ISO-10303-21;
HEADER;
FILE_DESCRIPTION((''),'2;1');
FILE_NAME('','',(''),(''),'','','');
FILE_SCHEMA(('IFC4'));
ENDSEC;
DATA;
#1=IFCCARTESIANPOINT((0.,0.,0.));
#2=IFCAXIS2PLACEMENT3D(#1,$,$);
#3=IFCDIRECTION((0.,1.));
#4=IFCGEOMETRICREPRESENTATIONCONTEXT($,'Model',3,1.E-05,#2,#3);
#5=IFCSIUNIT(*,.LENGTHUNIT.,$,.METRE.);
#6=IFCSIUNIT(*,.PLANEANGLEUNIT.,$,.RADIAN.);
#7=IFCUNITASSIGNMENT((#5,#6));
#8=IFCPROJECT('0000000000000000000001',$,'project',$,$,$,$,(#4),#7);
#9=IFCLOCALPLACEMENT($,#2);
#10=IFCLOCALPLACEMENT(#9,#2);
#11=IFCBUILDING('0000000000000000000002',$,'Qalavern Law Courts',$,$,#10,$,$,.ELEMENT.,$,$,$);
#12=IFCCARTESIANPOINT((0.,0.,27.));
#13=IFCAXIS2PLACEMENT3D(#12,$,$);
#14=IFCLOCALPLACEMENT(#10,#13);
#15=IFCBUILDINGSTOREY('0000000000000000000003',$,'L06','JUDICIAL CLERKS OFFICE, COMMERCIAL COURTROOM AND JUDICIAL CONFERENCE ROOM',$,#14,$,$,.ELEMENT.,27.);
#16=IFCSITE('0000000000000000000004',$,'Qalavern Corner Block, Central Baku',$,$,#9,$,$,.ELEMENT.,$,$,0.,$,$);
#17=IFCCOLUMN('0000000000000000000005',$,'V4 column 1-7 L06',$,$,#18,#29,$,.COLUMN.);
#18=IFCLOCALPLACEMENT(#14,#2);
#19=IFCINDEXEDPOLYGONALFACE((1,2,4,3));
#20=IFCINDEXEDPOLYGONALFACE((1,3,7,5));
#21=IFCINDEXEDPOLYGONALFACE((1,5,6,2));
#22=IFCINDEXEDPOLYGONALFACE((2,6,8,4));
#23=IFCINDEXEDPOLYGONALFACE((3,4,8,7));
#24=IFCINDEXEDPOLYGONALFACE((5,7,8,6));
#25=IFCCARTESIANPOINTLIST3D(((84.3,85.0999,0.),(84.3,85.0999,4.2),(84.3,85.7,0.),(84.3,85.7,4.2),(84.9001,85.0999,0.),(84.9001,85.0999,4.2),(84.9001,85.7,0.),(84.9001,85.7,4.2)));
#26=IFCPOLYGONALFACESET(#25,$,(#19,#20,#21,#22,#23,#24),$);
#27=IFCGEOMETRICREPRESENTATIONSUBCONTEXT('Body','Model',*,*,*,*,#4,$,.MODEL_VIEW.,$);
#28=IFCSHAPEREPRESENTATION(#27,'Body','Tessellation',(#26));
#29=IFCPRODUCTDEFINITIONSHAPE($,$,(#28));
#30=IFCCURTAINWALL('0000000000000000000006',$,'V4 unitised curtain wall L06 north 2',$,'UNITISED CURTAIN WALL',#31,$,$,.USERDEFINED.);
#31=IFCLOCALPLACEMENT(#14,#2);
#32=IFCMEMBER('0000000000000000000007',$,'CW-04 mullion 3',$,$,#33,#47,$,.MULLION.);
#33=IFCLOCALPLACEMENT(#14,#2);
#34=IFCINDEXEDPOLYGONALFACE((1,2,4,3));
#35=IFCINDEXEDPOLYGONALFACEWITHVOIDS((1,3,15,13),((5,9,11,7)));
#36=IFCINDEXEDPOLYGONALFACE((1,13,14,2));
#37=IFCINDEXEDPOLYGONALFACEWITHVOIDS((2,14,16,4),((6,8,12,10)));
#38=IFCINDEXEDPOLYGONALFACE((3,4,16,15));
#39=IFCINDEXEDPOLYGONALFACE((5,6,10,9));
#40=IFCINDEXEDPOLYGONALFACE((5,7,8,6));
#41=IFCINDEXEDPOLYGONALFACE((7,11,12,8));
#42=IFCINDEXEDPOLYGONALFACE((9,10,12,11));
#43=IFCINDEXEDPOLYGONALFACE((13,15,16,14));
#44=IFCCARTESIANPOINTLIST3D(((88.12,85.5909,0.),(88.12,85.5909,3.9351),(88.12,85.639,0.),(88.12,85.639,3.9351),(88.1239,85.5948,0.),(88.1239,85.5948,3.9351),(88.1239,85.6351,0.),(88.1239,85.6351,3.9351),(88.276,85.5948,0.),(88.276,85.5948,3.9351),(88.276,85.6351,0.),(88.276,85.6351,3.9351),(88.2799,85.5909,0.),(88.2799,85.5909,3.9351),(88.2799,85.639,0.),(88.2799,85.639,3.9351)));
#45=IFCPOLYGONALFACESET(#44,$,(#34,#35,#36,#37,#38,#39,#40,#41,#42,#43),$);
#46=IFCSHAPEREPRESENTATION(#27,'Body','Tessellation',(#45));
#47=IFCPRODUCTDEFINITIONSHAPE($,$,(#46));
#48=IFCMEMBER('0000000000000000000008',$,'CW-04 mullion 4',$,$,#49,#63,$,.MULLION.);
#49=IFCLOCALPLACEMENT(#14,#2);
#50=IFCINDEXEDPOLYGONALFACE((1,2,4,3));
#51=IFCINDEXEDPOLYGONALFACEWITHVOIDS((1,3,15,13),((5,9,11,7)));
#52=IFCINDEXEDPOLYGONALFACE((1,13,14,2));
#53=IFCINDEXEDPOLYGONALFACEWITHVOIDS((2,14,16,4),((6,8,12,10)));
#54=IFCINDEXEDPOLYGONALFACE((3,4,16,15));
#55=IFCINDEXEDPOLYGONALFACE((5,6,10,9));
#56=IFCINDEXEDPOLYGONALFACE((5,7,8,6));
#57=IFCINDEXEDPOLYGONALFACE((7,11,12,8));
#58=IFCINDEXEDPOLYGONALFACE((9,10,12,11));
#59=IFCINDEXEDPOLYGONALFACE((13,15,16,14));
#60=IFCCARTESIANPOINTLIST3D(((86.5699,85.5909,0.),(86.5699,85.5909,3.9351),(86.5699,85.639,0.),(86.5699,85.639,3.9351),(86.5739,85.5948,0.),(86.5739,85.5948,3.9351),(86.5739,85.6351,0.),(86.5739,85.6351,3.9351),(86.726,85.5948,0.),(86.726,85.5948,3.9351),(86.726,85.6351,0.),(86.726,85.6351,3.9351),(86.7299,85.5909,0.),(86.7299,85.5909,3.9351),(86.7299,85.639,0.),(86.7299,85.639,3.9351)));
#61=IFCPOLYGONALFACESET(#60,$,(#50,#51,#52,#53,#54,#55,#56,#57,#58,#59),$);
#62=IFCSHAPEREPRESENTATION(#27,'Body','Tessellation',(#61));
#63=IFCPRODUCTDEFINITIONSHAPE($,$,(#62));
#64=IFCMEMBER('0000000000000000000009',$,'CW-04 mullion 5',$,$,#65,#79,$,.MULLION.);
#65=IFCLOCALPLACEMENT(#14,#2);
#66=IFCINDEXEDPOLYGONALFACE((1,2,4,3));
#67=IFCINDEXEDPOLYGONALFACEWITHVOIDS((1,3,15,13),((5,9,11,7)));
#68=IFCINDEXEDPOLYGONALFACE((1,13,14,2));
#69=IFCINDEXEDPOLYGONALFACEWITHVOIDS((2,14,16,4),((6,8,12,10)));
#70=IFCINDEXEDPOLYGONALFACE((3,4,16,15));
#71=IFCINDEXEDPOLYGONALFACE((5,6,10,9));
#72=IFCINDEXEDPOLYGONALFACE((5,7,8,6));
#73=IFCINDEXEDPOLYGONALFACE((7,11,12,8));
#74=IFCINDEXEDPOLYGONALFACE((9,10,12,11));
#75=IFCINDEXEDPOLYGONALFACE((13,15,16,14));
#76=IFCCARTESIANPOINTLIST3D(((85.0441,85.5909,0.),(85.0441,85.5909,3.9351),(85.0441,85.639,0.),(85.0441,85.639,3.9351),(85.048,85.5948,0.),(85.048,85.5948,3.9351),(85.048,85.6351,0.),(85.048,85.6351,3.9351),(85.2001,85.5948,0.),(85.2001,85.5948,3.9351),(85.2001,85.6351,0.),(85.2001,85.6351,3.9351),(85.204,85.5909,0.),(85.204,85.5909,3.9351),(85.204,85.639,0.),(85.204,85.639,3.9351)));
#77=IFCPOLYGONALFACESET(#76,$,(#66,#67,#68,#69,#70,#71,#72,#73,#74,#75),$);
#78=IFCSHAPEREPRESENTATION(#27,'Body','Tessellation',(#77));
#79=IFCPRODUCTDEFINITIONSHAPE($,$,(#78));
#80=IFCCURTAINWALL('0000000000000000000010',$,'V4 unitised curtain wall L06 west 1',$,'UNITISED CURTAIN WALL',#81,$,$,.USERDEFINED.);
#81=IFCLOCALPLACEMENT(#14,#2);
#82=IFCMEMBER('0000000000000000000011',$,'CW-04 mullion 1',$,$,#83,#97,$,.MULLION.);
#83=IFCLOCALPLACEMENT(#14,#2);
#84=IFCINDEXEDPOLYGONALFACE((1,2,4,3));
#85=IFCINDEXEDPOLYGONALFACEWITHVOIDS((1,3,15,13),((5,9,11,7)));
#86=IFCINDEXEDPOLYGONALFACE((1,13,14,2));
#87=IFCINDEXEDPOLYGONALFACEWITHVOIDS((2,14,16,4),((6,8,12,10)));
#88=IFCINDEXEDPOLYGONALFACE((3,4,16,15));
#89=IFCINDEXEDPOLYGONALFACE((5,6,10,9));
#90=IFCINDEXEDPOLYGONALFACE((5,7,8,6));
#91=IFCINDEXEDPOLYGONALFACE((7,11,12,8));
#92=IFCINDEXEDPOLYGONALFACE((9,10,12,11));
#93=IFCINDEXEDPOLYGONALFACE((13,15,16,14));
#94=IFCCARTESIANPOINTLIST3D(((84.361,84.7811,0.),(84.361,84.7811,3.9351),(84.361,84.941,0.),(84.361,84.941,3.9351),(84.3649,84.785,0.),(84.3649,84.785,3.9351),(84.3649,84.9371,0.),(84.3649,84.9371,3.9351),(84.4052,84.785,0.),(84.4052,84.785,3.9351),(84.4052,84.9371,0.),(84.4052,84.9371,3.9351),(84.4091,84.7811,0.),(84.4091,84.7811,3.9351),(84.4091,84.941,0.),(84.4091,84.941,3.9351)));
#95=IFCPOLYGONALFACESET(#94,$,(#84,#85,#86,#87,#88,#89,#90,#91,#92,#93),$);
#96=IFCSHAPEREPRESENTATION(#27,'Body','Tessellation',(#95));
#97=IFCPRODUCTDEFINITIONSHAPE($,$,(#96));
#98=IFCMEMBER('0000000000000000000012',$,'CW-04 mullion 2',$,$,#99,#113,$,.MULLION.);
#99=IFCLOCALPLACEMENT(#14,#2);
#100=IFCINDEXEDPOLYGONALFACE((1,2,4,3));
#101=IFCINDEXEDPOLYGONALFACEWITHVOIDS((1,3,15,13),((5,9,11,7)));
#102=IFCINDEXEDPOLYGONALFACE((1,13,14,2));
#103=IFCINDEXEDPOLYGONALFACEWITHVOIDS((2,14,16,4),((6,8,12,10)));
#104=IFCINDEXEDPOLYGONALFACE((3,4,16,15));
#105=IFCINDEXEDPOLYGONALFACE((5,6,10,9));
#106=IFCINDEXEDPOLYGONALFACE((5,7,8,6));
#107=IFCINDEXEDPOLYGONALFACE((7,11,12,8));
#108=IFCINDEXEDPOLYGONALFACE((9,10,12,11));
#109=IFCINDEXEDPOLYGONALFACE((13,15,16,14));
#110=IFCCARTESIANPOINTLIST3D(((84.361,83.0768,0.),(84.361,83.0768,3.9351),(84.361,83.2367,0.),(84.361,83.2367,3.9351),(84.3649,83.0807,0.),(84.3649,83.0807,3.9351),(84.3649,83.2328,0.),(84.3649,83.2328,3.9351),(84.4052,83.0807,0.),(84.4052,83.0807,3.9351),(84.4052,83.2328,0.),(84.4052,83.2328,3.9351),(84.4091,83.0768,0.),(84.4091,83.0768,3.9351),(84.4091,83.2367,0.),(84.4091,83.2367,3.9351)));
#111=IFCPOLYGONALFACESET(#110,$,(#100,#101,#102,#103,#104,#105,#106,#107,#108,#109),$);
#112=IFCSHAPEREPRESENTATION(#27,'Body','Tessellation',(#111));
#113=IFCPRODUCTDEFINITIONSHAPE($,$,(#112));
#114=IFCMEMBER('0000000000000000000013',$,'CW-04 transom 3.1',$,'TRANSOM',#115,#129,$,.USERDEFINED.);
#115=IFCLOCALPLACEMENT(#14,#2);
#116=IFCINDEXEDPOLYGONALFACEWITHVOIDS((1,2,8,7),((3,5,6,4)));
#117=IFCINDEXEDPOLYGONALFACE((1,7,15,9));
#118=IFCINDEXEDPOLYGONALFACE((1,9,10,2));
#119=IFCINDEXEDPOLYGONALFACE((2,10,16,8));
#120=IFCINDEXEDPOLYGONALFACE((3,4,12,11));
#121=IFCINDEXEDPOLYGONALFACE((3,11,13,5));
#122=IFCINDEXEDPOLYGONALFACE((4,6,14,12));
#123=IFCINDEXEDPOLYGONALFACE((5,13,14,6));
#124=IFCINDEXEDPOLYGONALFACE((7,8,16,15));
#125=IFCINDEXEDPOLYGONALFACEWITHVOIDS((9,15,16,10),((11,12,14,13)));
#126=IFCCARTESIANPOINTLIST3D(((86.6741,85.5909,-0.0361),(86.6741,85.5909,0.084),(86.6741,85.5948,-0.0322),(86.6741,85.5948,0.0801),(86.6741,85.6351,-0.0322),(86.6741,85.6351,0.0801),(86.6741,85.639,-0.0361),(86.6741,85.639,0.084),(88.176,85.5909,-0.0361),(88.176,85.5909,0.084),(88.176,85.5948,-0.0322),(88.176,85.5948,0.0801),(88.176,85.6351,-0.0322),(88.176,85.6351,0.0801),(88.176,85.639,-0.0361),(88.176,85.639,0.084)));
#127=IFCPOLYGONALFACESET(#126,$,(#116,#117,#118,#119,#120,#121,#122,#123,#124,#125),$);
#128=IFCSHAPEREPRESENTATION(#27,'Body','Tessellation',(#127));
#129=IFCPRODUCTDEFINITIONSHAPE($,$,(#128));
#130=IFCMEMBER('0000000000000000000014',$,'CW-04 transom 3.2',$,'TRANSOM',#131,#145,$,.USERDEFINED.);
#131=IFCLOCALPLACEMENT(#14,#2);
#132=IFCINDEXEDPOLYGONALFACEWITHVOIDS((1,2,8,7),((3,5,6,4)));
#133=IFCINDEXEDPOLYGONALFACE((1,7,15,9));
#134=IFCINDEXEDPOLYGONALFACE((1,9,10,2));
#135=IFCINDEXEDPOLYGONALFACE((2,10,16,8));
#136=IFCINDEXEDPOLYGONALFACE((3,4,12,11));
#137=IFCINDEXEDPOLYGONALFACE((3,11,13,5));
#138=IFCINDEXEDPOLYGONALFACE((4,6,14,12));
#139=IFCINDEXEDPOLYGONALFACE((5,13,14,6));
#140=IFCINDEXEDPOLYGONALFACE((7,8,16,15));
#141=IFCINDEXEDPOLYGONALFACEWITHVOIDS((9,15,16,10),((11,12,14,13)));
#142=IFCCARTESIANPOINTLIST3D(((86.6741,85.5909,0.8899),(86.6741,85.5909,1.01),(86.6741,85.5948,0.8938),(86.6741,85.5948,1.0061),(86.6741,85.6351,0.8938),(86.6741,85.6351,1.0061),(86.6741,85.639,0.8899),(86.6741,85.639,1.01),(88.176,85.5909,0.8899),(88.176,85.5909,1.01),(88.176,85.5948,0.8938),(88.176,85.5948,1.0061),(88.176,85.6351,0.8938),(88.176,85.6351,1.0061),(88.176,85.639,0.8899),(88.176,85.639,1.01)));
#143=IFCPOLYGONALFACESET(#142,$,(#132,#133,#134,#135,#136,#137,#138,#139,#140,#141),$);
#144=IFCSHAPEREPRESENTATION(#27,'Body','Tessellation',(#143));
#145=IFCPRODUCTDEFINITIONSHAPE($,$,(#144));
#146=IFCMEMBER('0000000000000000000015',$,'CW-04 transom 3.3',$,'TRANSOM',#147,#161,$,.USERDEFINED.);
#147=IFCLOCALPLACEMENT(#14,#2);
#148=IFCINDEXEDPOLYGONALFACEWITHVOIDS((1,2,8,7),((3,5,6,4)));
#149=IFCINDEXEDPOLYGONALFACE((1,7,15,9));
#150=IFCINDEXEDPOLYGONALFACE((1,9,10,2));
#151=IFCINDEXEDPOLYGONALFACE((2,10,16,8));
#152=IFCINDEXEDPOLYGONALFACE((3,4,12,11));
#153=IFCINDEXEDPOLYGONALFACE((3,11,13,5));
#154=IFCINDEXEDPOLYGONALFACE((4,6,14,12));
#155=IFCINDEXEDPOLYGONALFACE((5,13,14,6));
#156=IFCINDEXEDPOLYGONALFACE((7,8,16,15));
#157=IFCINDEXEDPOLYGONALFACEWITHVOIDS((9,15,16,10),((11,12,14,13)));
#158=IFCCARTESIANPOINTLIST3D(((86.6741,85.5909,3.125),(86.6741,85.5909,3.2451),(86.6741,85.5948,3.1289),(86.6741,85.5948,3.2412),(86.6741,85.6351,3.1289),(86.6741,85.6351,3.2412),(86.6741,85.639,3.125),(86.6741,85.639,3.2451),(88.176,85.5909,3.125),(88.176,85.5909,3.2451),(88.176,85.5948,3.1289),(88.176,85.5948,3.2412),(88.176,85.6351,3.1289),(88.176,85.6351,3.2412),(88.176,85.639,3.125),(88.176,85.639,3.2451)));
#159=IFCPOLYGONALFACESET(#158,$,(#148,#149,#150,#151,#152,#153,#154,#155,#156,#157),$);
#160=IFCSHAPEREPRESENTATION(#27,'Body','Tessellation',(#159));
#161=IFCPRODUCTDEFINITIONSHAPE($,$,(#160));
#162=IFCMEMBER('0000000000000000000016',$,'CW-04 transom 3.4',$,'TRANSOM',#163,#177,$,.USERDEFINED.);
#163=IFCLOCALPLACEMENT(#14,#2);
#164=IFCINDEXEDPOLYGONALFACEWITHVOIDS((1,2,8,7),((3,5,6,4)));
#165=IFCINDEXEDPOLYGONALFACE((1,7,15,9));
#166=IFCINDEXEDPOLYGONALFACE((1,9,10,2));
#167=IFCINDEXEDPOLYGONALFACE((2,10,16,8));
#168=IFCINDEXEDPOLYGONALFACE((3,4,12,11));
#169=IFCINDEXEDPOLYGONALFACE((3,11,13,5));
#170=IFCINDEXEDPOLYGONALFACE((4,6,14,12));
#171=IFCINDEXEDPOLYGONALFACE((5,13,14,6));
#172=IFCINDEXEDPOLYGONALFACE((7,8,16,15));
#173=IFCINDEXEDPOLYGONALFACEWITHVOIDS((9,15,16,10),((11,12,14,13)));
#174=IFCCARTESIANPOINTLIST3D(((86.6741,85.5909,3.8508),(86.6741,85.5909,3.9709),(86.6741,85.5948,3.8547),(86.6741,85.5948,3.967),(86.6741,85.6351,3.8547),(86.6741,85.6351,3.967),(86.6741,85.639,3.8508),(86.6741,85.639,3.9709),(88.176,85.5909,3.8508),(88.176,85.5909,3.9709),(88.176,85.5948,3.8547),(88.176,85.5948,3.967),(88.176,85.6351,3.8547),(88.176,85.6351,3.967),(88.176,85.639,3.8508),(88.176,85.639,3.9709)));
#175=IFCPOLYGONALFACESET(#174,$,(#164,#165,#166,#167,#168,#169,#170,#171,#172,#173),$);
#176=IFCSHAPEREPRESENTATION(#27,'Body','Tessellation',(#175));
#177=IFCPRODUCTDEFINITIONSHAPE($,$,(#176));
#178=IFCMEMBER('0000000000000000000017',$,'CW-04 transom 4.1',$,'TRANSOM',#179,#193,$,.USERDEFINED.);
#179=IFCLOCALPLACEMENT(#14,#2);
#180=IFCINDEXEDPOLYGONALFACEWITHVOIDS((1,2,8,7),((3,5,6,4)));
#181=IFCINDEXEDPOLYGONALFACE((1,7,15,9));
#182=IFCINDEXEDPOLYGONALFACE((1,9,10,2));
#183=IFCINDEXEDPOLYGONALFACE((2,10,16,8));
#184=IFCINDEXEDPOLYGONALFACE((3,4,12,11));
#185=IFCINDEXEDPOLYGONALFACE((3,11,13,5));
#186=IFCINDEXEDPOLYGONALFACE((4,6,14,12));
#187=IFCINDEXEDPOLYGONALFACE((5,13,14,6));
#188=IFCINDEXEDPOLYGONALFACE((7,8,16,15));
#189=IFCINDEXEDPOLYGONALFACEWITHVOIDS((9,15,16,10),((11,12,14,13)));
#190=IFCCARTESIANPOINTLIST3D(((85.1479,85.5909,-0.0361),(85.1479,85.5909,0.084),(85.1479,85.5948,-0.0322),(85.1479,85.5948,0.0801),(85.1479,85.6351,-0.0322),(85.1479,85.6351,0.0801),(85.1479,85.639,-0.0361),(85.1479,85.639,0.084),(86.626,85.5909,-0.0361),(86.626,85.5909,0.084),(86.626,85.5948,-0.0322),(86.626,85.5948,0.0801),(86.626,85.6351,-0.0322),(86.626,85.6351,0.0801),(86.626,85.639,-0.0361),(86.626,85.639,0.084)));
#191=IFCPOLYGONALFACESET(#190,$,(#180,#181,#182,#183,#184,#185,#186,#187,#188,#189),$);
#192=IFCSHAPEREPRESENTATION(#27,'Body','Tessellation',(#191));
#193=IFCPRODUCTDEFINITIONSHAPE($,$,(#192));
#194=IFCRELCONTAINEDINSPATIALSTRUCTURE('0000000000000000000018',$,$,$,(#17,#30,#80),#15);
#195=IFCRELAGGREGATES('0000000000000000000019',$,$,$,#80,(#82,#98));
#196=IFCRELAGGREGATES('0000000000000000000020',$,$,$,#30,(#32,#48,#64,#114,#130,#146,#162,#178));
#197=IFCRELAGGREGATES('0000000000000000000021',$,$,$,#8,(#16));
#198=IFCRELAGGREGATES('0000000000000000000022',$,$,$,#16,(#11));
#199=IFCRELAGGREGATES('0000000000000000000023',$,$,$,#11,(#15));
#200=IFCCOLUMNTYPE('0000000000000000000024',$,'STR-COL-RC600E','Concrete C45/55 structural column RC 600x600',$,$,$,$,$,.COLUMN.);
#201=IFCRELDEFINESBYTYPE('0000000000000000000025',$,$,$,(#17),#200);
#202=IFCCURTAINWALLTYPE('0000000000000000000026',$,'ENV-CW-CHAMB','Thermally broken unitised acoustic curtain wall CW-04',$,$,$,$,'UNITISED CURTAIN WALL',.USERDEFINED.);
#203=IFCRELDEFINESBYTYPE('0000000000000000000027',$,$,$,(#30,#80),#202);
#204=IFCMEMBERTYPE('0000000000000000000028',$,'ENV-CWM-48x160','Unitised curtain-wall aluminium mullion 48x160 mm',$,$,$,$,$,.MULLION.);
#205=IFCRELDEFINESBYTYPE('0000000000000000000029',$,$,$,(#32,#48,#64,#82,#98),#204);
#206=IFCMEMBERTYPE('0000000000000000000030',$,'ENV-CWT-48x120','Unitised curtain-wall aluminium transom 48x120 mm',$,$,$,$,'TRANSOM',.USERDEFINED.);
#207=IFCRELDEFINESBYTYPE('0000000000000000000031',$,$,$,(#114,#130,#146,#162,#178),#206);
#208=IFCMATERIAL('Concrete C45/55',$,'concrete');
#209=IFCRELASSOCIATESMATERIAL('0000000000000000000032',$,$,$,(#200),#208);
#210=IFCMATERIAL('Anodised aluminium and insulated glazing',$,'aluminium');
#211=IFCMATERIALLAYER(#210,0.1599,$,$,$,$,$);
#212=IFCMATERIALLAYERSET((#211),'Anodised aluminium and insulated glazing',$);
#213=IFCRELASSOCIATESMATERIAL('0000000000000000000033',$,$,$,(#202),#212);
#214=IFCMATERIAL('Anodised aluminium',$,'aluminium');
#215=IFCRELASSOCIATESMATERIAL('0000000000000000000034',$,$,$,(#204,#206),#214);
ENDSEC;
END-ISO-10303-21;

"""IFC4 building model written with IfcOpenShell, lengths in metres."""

from ifc_helpers import new_model, si_unit, direction, frame, origin, origin_2d, place, context, subcontext, project, spatial, rectangle, hollow_rectangle, extrude, material, layer, layer_set, material_profile, profile_set, type_object, element, aggregate, save


model = new_model("IFC4")

# Units and contexts
model_context = context("Model", 3, precision=1e-05, world=origin(), true_north=direction((0.0, 1.0)))
body_context = subcontext(model_context, "Body", "Model", "MODEL_VIEW")
ifc_project = project(units=[si_unit("LENGTHUNIT", "METRE"), si_unit("PLANEANGLEUNIT", "RADIAN")], contexts=[model_context])

# Site, building, storey
site_placement = place(None, origin())
site = spatial("IfcSite", under=ifc_project, at=site_placement, Name="Qalavern Corner Block, Central Baku", CompositionType="ELEMENT", RefElevation=0.0)
building_placement = place(site_placement, origin())
building = spatial("IfcBuilding", under=site, at=building_placement, Name="Qalavern Law Courts", CompositionType="ELEMENT")
storey_placement = place(building_placement, frame((0.0, 0.0, 27.0)))
storey = spatial("IfcBuildingStorey", under=building, at=storey_placement, Name="L06", Description="JUDICIAL CLERKS OFFICE, COMMERCIAL COURTROOM AND JUDICIAL CONFERENCE ROOM", CompositionType="ELEMENT", Elevation=27.0)

# Column
ifc_material_1 = material(Name="Concrete C45/55", Category="concrete")
ifc_material_profile_1 = material_profile(ifc_material_1, rectangle(XDim=0.6001, YDim=0.6001, at=origin_2d()), Name="RC 600x600")
ifc_profile_set_1 = profile_set([ifc_material_profile_1], Name="Concrete C45/55")
column_type = type_object("IfcColumnType", Name="STR-COL-RC600E", Description="Concrete C45/55 structural column RC 600x600", PredefinedType="COLUMN", material=ifc_profile_set_1)
column_placement = place(storey_placement, frame((84.6001, 85.3999, 0.0), z_axis=(0.0, 0.0, 1.0), x_axis=(1.0, 0.0, 0.0)))
element("IfcColumn", 1, at=column_placement, inside=storey, type_object=column_type, Name="V4 column 1-7 L06", PredefinedType="COLUMN", context=body_context, shape_type="SweptSolid", body=[
    extrude(rectangle(XDim=0.6001, YDim=0.6001, at=origin_2d()), origin(), (0.0, 0.0, 1.0), 4.2),
])

# Curtain walls, members
ifc_material_2 = material(Name="Anodised aluminium and insulated glazing", Category="aluminium")
ifc_layer_1 = layer(ifc_material_2, 0.1599)
ifc_layer_set_1 = layer_set([ifc_layer_1], Name="Anodised aluminium and insulated glazing")
curtain_wall_type = type_object("IfcCurtainWallType", Name="ENV-CW-CHAMB", Description="Thermally broken unitised acoustic curtain wall CW-04", ElementType="UNITISED CURTAIN WALL", PredefinedType="USERDEFINED", material=ifc_layer_set_1)
curtain_wall_1_placement = place(storey_placement, origin())
curtain_wall_1 = element("IfcCurtainWall", 2, at=curtain_wall_1_placement, inside=storey, type_object=curtain_wall_type, Name="V4 unitised curtain wall L06 north 2", ObjectType="UNITISED CURTAIN WALL", PredefinedType="USERDEFINED")
ifc_material_3 = material(Name="Anodised aluminium", Category="aluminium")
ifc_material_profile_2 = material_profile(ifc_material_3, hollow_rectangle(XDim=0.0481, YDim=0.1599, WallThickness=0.0039, at=origin_2d()), Name="ALU MULLION 48x160")
ifc_profile_set_2 = profile_set([ifc_material_profile_2], Name="Anodised aluminium")
member_type_1 = type_object("IfcMemberType", Name="ENV-CWM-48x160", Description="Unitised curtain-wall aluminium mullion 48x160 mm", PredefinedType="MULLION", material=ifc_profile_set_2)
member_1_placement = place(storey_placement, frame((88.2, 85.615, 0.0), z_axis=(0.0, 0.0, 1.0), x_axis=(0.0, -1.0, 0.0)))
member_1 = element("IfcMember", 3, at=member_1_placement, type_object=member_type_1, Name="CW-04 mullion 3", PredefinedType="MULLION", context=body_context, shape_type="SweptSolid", body=[
    extrude(hollow_rectangle(XDim=0.0481, YDim=0.1599, WallThickness=0.0039, at=origin_2d()), origin(), (0.0, 0.0, 1.0), 3.9351),
])
member_2_placement = place(storey_placement, frame((86.6499, 85.615, 0.0), z_axis=(0.0, 0.0, 1.0), x_axis=(0.0, -1.0, 0.0)))
member_2 = element("IfcMember", 4, at=member_2_placement, type_object=member_type_1, Name="CW-04 mullion 4", PredefinedType="MULLION", context=body_context, shape_type="SweptSolid", body=[
    extrude(hollow_rectangle(XDim=0.0481, YDim=0.1599, WallThickness=0.0039, at=origin_2d()), origin(), (0.0, 0.0, 1.0), 3.9351),
])
member_3_placement = place(storey_placement, frame((85.124, 85.615, 0.0), z_axis=(0.0, 0.0, 1.0), x_axis=(0.0, -1.0, 0.0)))
member_3 = element("IfcMember", 5, at=member_3_placement, type_object=member_type_1, Name="CW-04 mullion 5", PredefinedType="MULLION", context=body_context, shape_type="SweptSolid", body=[
    extrude(hollow_rectangle(XDim=0.0481, YDim=0.1599, WallThickness=0.0039, at=origin_2d()), origin(), (0.0, 0.0, 1.0), 3.9351),
])
curtain_wall_2_placement = place(storey_placement, origin())
curtain_wall_2 = element("IfcCurtainWall", 6, at=curtain_wall_2_placement, inside=storey, type_object=curtain_wall_type, Name="V4 unitised curtain wall L06 west 1", ObjectType="UNITISED CURTAIN WALL", PredefinedType="USERDEFINED")
member_4_placement = place(storey_placement, frame((84.385, 84.8611, 0.0), z_axis=(0.0, 0.0, 1.0), x_axis=(1.0, 0.0, 0.0)))
member_4 = element("IfcMember", 7, at=member_4_placement, type_object=member_type_1, Name="CW-04 mullion 1", PredefinedType="MULLION", context=body_context, shape_type="SweptSolid", body=[
    extrude(hollow_rectangle(XDim=0.0481, YDim=0.1599, WallThickness=0.0039, at=origin_2d()), origin(), (0.0, 0.0, 1.0), 3.9351),
])
member_5_placement = place(storey_placement, frame((84.385, 83.1567, 0.0), z_axis=(0.0, 0.0, 1.0), x_axis=(1.0, 0.0, 0.0)))
member_5 = element("IfcMember", 8, at=member_5_placement, type_object=member_type_1, Name="CW-04 mullion 2", PredefinedType="MULLION", context=body_context, shape_type="SweptSolid", body=[
    extrude(hollow_rectangle(XDim=0.0481, YDim=0.1599, WallThickness=0.0039, at=origin_2d()), origin(), (0.0, 0.0, 1.0), 3.9351),
])

# Members
ifc_material_profile_3 = material_profile(ifc_material_3, hollow_rectangle(XDim=0.0481, YDim=0.1201, WallThickness=0.0039, at=origin_2d()), Name="ALU TRANSOM 48x120")
ifc_profile_set_3 = profile_set([ifc_material_profile_3], Name="Anodised aluminium")
member_type_2 = type_object("IfcMemberType", Name="ENV-CWT-48x120", Description="Unitised curtain-wall aluminium transom 48x120 mm", ElementType="TRANSOM", PredefinedType="USERDEFINED", material=ifc_profile_set_3)
member_6_placement = place(storey_placement, frame((88.176, 85.615, 0.0239), z_axis=(-1.0, 0.0, 0.0), x_axis=(0.0, -1.0, 0.0)))
member_6 = element("IfcMember", 9, at=member_6_placement, type_object=member_type_2, Name="CW-04 transom 3.1", ObjectType="TRANSOM", PredefinedType="USERDEFINED", context=body_context, shape_type="SweptSolid", body=[
    extrude(hollow_rectangle(XDim=0.0481, YDim=0.1201, WallThickness=0.0039, at=origin_2d()), origin(), (0.0, 0.0, 1.0), 1.502),
])
member_7_placement = place(storey_placement, frame((88.176, 85.615, 0.95), z_axis=(-1.0, 0.0, 0.0), x_axis=(0.0, -1.0, 0.0)))
member_7 = element("IfcMember", 10, at=member_7_placement, type_object=member_type_2, Name="CW-04 transom 3.2", ObjectType="TRANSOM", PredefinedType="USERDEFINED", context=body_context, shape_type="SweptSolid", body=[
    extrude(hollow_rectangle(XDim=0.0481, YDim=0.1201, WallThickness=0.0039, at=origin_2d()), origin(), (0.0, 0.0, 1.0), 1.502),
])
member_8_placement = place(storey_placement, frame((88.176, 85.615, 3.1851), z_axis=(-1.0, 0.0, 0.0), x_axis=(0.0, -1.0, 0.0)))
member_8 = element("IfcMember", 11, at=member_8_placement, type_object=member_type_2, Name="CW-04 transom 3.3", ObjectType="TRANSOM", PredefinedType="USERDEFINED", context=body_context, shape_type="SweptSolid", body=[
    extrude(hollow_rectangle(XDim=0.0481, YDim=0.1201, WallThickness=0.0039, at=origin_2d()), origin(), (0.0, 0.0, 1.0), 1.502),
])
member_9_placement = place(storey_placement, frame((88.176, 85.615, 3.9109), z_axis=(-1.0, 0.0, 0.0), x_axis=(0.0, -1.0, 0.0)))
member_9 = element("IfcMember", 12, at=member_9_placement, type_object=member_type_2, Name="CW-04 transom 3.4", ObjectType="TRANSOM", PredefinedType="USERDEFINED", context=body_context, shape_type="SweptSolid", body=[
    extrude(hollow_rectangle(XDim=0.0481, YDim=0.1201, WallThickness=0.0039, at=origin_2d()), origin(), (0.0, 0.0, 1.0), 1.502),
])
member_10_placement = place(storey_placement, frame((86.626, 85.615, 0.0239), z_axis=(-1.0, 0.0, 0.0), x_axis=(0.0, -1.0, 0.0)))
member_10 = element("IfcMember", 13, at=member_10_placement, type_object=member_type_2, Name="CW-04 transom 4.1", ObjectType="TRANSOM", PredefinedType="USERDEFINED", context=body_context, shape_type="SweptSolid", body=[
    extrude(hollow_rectangle(XDim=0.0481, YDim=0.1201, WallThickness=0.0039, at=origin_2d()), origin(), (0.0, 0.0, 1.0), 1.478),
])

aggregate(curtain_wall_2, [member_4, member_5])
aggregate(curtain_wall_1, [member_1, member_2, member_3, member_6, member_7, member_8, member_9, member_10])

save(model, "model.ifc")
